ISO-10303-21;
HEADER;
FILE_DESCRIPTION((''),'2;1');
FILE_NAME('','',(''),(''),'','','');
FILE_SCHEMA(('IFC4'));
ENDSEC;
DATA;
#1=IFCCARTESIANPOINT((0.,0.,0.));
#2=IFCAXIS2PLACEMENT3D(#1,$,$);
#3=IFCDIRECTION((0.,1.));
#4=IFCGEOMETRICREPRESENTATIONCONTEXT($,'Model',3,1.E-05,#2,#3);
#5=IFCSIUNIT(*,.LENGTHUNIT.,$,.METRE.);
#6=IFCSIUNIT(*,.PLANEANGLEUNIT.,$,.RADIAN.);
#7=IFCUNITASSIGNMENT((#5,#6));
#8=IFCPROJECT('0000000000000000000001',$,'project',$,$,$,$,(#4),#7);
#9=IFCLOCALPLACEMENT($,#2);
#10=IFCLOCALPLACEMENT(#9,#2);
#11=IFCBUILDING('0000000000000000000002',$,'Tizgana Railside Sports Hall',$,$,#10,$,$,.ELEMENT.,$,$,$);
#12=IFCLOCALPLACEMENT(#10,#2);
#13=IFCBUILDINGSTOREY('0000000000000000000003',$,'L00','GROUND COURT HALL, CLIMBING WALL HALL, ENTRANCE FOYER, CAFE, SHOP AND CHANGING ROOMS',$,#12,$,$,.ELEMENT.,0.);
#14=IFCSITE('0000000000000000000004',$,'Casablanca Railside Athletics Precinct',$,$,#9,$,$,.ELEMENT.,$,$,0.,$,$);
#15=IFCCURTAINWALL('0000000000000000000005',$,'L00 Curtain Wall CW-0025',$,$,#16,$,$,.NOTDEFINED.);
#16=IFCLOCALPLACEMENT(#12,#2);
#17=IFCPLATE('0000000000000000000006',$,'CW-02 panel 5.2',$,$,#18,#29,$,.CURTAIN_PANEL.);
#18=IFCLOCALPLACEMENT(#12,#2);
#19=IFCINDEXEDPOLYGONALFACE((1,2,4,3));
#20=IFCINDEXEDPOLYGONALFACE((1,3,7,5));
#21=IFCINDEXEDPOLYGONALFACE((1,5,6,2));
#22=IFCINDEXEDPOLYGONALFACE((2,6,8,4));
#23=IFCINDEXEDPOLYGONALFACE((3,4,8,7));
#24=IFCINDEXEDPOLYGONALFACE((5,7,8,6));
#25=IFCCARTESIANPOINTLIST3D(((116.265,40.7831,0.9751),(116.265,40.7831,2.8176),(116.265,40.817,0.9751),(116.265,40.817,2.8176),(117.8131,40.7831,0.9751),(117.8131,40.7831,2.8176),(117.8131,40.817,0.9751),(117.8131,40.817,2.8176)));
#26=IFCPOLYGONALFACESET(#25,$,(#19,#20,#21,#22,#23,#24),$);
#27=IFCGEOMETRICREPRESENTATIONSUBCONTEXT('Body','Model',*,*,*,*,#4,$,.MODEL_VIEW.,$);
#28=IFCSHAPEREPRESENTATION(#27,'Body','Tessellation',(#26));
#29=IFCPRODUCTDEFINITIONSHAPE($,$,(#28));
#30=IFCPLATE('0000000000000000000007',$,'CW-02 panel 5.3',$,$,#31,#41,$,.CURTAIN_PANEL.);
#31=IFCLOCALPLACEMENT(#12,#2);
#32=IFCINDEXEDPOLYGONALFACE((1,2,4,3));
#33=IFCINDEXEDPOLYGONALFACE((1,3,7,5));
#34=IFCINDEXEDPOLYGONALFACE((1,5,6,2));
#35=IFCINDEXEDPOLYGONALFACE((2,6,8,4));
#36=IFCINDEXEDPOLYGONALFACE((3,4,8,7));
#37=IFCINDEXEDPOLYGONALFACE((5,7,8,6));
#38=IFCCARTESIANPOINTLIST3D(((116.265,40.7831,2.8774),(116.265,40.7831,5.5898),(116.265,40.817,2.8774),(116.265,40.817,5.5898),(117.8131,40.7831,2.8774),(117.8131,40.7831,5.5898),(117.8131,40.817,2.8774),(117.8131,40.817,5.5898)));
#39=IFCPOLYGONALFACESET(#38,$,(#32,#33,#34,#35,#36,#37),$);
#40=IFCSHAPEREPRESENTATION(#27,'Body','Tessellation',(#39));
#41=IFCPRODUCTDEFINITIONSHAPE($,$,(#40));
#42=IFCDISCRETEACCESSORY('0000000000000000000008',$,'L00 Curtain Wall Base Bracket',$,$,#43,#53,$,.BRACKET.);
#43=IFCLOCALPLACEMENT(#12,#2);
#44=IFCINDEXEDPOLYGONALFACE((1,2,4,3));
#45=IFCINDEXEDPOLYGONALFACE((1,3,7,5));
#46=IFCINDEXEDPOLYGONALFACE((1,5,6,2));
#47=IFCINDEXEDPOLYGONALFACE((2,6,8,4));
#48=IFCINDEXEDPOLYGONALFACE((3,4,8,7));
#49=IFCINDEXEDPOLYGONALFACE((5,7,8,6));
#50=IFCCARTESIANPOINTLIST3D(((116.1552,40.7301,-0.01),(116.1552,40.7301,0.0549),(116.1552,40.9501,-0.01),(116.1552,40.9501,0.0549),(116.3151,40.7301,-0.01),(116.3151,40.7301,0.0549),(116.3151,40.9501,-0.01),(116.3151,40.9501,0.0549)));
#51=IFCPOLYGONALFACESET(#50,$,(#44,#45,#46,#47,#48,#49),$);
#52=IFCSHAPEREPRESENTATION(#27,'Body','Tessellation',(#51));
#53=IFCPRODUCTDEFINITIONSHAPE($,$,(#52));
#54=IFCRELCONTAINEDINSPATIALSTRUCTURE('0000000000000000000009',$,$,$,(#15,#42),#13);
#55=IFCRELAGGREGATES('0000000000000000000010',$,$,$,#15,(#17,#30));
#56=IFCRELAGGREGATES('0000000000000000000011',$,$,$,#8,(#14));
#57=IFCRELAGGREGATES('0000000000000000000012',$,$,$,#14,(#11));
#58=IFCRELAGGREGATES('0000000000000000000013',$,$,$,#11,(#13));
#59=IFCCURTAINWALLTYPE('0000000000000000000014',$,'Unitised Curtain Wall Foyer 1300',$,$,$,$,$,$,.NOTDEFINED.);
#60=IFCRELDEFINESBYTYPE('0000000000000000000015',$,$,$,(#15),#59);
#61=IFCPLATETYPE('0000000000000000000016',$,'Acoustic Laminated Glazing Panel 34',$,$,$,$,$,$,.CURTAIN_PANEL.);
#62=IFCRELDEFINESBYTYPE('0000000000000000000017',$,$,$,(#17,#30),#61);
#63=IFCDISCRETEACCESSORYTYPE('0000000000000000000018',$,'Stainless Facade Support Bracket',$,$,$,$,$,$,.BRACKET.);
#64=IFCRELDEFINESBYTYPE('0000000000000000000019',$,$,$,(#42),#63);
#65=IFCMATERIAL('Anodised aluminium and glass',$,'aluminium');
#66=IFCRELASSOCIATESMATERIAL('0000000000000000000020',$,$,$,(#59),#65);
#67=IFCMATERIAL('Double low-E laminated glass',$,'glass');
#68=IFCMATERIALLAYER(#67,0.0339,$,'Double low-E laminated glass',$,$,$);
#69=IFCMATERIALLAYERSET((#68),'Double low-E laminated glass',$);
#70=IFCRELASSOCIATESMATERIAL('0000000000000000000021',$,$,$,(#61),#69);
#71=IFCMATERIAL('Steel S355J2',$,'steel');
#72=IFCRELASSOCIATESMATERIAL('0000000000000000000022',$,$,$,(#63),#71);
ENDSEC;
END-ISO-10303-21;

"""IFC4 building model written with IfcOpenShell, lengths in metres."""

from ifc_helpers import new_model, si_unit, direction, frame, origin, origin_2d, place, context, subcontext, project, spatial, rectangle, extrude, material, layer, layer_set, type_object, element, aggregate, save


model = new_model("IFC4")

# Units and contexts
model_context = context("Model", 3, precision=1e-05, world=origin(), true_north=direction((0.0, 1.0)))
body_context = subcontext(model_context, "Body", "Model", "MODEL_VIEW")
ifc_project = project(units=[si_unit("LENGTHUNIT", "METRE"), si_unit("PLANEANGLEUNIT", "RADIAN")], contexts=[model_context])

# Site, building, storey
site_placement = place(None, origin())
site = spatial("IfcSite", under=ifc_project, at=site_placement, Name="Casablanca Railside Athletics Precinct", CompositionType="ELEMENT", RefElevation=0.0)
building_placement = place(site_placement, origin())
building = spatial("IfcBuilding", under=site, at=building_placement, Name="Tizgana Railside Sports Hall", CompositionType="ELEMENT")
storey_placement = place(building_placement, origin())
storey = spatial("IfcBuildingStorey", under=building, at=storey_placement, Name="L00", Description="GROUND COURT HALL, CLIMBING WALL HALL, ENTRANCE FOYER, CAFE, SHOP AND CHANGING ROOMS", CompositionType="ELEMENT", Elevation=0.0)

# Curtain wall
ifc_material_1 = material(Name="Anodised aluminium and glass", Category="aluminium")
curtain_wall_type = type_object("IfcCurtainWallType", Name="Unitised Curtain Wall Foyer 1300", PredefinedType="NOTDEFINED", material=ifc_material_1)
curtain_wall_placement = place(storey_placement, origin())
curtain_wall = element("IfcCurtainWall", 1, at=curtain_wall_placement, inside=storey, type_object=curtain_wall_type, Name="L00 Curtain Wall CW-0025", PredefinedType="NOTDEFINED")

# Shared definitions
ifc_material_2 = material(Name="Steel S355J2", Category="steel")

# Plates
ifc_material_3 = material(Name="Double low-E laminated glass", Category="glass")
ifc_layer = layer(ifc_material_3, 0.0339, Name="Double low-E laminated glass")
ifc_layer_set = layer_set([ifc_layer], Name="Double low-E laminated glass")
plate_type = type_object("IfcPlateType", Name="Acoustic Laminated Glazing Panel 34", PredefinedType="CURTAIN_PANEL", material=ifc_layer_set)
plate_1_placement = place(storey_placement, frame((117.0391, 40.8, 0.9751), z_axis=(0.0, 0.0, 1.0), x_axis=(-1.0, 0.0, 0.0)))
plate_1 = element("IfcPlate", 2, at=plate_1_placement, type_object=plate_type, Name="CW-02 panel 5.2", PredefinedType="CURTAIN_PANEL", context=body_context, shape_type="SweptSolid", body=[
    extrude(rectangle(XDim=1.5481, YDim=0.0339, at=origin_2d()), origin(), (0.0, 0.0, 1.0), 1.8425),
])
plate_2_placement = place(storey_placement, frame((117.0391, 40.8, 2.8774), z_axis=(0.0, 0.0, 1.0), x_axis=(-1.0, 0.0, 0.0)))
plate_2 = element("IfcPlate", 3, at=plate_2_placement, type_object=plate_type, Name="CW-02 panel 5.3", PredefinedType="CURTAIN_PANEL", context=body_context, shape_type="SweptSolid", body=[
    extrude(rectangle(XDim=1.5481, YDim=0.0339, at=origin_2d()), origin(), (0.0, 0.0, 1.0), 2.7124),
])
aggregate(curtain_wall, [plate_1, plate_2])

# Discrete accessory
discrete_accessory_type = type_object("IfcDiscreteAccessoryType", Name="Stainless Facade Support Bracket", PredefinedType="BRACKET", material=ifc_material_2)
discrete_accessory_placement = place(storey_placement, frame((116.2351, 40.8401, -0.01), z_axis=(0.0, 0.0, 1.0), x_axis=(-1.0, 0.0, 0.0)))
element("IfcDiscreteAccessory", 4, at=discrete_accessory_placement, inside=storey, type_object=discrete_accessory_type, Name="L00 Curtain Wall Base Bracket", PredefinedType="BRACKET", context=body_context, shape_type="SweptSolid", body=[
    extrude(rectangle(XDim=0.1599, YDim=0.22, at=origin_2d()), origin(), (0.0, 0.0, 1.0), 0.0649),
])

save(model, "model.ifc")
